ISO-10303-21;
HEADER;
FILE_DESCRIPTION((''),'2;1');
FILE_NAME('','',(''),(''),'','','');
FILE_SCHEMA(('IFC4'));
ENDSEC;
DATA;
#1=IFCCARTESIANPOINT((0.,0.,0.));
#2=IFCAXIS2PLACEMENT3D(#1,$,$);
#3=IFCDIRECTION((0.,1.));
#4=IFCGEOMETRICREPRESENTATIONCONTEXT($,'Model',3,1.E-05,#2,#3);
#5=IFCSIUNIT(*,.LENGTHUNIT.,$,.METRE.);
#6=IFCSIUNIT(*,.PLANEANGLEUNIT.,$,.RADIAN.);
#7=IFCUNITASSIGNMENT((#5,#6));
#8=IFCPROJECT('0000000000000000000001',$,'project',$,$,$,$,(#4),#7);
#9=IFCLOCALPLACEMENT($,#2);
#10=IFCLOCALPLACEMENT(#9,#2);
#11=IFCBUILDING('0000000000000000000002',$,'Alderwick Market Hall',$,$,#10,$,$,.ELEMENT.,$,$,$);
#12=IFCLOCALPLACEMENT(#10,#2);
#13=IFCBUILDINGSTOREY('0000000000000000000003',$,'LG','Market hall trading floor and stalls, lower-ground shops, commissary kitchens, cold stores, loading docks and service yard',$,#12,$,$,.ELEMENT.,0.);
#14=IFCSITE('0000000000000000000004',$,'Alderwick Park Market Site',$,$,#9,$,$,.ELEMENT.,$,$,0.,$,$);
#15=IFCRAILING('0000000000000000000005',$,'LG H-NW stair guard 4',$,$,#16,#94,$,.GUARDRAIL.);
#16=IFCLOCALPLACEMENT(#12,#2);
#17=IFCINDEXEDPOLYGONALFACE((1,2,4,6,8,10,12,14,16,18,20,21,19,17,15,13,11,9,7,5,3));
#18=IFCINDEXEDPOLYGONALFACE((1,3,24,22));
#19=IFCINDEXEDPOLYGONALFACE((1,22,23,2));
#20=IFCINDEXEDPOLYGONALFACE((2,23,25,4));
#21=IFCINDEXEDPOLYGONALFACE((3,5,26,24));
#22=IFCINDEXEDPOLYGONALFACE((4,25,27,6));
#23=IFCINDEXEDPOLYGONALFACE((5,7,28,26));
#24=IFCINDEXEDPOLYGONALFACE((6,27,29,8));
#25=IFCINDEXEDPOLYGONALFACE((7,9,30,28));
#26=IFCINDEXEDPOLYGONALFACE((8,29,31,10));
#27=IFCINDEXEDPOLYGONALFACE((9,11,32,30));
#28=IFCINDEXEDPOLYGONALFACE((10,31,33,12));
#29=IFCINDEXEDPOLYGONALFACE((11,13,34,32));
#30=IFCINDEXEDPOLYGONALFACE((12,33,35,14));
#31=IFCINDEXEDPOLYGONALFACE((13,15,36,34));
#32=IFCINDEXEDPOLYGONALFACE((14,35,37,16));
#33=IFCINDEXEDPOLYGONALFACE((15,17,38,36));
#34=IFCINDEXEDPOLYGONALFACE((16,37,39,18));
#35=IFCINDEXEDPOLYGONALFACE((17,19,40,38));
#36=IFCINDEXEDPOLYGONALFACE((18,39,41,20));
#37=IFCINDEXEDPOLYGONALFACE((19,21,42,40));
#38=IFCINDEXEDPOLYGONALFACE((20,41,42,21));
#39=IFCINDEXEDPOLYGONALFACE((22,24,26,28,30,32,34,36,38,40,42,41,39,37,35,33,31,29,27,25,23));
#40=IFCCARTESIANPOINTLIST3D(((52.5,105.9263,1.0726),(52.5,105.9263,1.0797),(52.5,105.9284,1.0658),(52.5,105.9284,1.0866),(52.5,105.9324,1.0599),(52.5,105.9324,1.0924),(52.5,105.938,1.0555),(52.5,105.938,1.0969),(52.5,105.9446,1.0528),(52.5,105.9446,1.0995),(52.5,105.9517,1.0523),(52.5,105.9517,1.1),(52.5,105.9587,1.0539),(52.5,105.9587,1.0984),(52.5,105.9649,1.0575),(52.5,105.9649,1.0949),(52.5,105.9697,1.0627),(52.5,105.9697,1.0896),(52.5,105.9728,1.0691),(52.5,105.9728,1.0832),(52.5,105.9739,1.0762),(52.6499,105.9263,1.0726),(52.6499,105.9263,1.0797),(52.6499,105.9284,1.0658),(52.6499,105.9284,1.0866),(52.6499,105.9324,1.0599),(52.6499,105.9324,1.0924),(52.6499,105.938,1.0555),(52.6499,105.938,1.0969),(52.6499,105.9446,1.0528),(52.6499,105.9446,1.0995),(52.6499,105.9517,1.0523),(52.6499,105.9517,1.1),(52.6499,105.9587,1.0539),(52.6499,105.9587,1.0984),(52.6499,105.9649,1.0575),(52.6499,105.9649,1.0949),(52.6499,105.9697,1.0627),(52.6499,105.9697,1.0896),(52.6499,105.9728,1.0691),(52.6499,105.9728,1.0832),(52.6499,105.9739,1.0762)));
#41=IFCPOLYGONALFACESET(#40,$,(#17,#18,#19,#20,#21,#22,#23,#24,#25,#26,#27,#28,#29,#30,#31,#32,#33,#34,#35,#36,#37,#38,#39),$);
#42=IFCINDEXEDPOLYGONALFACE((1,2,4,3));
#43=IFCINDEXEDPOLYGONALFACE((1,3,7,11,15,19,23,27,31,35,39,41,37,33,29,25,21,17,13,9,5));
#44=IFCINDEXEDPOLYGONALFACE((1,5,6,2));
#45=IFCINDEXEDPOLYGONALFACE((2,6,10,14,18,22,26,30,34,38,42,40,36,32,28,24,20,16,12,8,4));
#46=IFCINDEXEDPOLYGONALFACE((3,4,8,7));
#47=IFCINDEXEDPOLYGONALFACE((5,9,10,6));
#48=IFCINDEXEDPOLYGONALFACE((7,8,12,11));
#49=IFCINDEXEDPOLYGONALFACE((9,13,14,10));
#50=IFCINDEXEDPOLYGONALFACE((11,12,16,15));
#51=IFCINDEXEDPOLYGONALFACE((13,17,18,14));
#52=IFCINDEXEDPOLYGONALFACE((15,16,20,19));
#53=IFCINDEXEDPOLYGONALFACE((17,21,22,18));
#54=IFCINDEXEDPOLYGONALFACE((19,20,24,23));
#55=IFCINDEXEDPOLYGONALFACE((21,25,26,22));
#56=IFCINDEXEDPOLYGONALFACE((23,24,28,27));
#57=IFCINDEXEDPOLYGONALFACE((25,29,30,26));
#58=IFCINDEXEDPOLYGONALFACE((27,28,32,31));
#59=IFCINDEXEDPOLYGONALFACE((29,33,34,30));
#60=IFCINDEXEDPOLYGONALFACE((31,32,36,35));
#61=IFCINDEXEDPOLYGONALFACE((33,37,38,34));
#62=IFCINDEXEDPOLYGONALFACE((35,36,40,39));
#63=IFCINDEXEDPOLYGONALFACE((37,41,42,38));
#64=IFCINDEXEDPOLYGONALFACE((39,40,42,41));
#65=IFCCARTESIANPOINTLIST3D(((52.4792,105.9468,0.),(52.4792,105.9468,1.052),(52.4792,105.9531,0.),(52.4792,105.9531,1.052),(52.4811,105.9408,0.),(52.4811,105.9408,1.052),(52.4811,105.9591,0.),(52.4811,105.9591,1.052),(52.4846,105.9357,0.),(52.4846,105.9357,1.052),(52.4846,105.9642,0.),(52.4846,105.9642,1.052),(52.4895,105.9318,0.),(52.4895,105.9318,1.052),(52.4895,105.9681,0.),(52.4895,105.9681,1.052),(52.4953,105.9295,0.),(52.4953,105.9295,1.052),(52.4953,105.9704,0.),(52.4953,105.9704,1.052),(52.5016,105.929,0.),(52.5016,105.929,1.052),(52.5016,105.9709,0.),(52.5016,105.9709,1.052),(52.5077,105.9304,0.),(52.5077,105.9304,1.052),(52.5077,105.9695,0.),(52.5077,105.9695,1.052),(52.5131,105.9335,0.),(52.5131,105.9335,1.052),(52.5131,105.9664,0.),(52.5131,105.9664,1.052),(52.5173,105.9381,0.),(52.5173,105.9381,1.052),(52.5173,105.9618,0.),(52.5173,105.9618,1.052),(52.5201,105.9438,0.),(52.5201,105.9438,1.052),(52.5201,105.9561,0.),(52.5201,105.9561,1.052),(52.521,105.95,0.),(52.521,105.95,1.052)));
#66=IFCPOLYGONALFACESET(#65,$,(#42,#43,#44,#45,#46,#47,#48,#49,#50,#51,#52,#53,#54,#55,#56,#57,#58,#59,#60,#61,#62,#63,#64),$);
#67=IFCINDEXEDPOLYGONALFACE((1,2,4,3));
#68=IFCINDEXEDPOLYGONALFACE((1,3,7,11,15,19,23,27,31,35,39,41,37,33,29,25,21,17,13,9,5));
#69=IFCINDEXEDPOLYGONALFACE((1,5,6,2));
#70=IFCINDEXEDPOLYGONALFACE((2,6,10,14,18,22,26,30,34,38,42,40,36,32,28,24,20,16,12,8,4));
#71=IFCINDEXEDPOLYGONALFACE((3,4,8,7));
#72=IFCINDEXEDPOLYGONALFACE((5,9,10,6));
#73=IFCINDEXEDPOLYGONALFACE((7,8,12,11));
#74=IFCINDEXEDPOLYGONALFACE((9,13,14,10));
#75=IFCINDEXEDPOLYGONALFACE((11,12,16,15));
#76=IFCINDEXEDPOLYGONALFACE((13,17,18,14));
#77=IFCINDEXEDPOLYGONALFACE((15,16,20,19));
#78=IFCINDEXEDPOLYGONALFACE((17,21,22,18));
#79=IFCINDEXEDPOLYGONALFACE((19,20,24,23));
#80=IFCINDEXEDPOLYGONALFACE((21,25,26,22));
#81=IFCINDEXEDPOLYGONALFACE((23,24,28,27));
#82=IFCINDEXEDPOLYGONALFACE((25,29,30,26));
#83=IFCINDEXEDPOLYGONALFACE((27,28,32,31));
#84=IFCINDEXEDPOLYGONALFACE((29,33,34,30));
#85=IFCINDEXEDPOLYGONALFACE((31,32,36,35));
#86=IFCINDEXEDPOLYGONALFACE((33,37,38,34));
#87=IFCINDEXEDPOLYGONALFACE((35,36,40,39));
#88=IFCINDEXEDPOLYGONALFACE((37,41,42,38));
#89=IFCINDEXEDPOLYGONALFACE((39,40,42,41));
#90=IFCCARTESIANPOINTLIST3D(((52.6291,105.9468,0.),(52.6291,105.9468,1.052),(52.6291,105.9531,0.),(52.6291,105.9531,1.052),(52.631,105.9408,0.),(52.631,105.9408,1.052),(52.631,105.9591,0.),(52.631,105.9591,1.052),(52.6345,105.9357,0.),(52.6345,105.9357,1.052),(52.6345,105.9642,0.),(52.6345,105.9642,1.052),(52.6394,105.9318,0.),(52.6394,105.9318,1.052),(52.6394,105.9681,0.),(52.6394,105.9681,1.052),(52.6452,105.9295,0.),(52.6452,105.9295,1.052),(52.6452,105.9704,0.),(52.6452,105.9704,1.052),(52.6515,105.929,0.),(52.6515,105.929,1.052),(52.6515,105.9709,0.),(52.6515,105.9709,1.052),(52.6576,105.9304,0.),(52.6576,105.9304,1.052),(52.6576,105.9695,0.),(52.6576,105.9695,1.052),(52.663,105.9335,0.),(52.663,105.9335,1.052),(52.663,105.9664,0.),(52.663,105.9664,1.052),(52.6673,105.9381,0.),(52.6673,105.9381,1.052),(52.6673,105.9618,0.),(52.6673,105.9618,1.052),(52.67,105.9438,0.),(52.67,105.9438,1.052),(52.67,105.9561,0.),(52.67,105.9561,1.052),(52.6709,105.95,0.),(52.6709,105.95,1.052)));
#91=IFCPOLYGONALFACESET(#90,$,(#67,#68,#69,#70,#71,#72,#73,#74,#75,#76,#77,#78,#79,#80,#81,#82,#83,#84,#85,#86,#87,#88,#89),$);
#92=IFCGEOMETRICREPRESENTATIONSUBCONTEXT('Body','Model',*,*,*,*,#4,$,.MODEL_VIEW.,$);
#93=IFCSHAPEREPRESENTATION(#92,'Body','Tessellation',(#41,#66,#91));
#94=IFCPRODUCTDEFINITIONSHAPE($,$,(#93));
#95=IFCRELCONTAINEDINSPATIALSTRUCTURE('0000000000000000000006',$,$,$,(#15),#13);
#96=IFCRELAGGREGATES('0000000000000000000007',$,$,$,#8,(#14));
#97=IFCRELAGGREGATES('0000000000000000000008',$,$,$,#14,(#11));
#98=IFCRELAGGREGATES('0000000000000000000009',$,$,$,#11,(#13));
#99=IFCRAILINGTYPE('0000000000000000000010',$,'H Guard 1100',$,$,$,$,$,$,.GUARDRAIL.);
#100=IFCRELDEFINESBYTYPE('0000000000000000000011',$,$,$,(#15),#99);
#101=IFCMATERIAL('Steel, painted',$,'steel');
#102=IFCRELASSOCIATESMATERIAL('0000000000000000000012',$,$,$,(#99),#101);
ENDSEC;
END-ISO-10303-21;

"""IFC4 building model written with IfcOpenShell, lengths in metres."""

from ifc_helpers import new_model, si_unit, direction, frame, origin, origin_2d, place, context, subcontext, project, spatial, circle, extrude, material, type_object, element, save


model = new_model("IFC4")

# Units and contexts
model_context = context("Model", 3, precision=1e-05, world=origin(), true_north=direction((0.0, 1.0)))
body_context = subcontext(model_context, "Body", "Model", "MODEL_VIEW")
ifc_project = project(units=[si_unit("LENGTHUNIT", "METRE"), si_unit("PLANEANGLEUNIT", "RADIAN")], contexts=[model_context])

# Site, building, storey
site_placement = place(None, origin())
site = spatial("IfcSite", under=ifc_project, at=site_placement, Name="Alderwick Park Market Site", CompositionType="ELEMENT", RefElevation=0.0)
building_placement = place(site_placement, origin())
building = spatial("IfcBuilding", under=site, at=building_placement, Name="Alderwick Market Hall", CompositionType="ELEMENT")
storey_placement = place(building_placement, origin())
storey = spatial("IfcBuildingStorey", under=building, at=storey_placement, Name="LG", Description="Market hall trading floor and stalls, lower-ground shops, commissary kitchens, cold stores, loading docks and service yard", CompositionType="ELEMENT", Elevation=0.0)

# Railing
ifc_material_1 = material(Name="Steel, painted", Category="steel")
railing_type_1 = type_object("IfcRailingType", Name="H Guard 1100", PredefinedType="GUARDRAIL", material=ifc_material_1)
railing_1_placement = place(storey_placement, frame((52.5, 105.95, 0.0)))
element("IfcRailing", 1, at=railing_1_placement, inside=storey, type_object=railing_type_1, Name="LG H-NW stair guard 4", PredefinedType="GUARDRAIL", context=body_context, shape_type="SweptSolid", body=[
    extrude(circle(Radius=0.0239, at=origin_2d()), frame((0.0, 0.0, 1.0762), z_axis=(1.0, 0.0, 0.0), x_axis=(0.0, 1.0, 0.0)), (0.0, 0.0, 1.0), 0.1499),
    extrude(circle(Radius=0.021, at=origin_2d()), origin(), (0.0, 0.0, 1.0), 1.052),
    extrude(circle(Radius=0.021, at=origin_2d()), frame((0.1499, 0.0, 0.0)), (0.0, 0.0, 1.0), 1.052),
])

save(model, "model.ifc")
